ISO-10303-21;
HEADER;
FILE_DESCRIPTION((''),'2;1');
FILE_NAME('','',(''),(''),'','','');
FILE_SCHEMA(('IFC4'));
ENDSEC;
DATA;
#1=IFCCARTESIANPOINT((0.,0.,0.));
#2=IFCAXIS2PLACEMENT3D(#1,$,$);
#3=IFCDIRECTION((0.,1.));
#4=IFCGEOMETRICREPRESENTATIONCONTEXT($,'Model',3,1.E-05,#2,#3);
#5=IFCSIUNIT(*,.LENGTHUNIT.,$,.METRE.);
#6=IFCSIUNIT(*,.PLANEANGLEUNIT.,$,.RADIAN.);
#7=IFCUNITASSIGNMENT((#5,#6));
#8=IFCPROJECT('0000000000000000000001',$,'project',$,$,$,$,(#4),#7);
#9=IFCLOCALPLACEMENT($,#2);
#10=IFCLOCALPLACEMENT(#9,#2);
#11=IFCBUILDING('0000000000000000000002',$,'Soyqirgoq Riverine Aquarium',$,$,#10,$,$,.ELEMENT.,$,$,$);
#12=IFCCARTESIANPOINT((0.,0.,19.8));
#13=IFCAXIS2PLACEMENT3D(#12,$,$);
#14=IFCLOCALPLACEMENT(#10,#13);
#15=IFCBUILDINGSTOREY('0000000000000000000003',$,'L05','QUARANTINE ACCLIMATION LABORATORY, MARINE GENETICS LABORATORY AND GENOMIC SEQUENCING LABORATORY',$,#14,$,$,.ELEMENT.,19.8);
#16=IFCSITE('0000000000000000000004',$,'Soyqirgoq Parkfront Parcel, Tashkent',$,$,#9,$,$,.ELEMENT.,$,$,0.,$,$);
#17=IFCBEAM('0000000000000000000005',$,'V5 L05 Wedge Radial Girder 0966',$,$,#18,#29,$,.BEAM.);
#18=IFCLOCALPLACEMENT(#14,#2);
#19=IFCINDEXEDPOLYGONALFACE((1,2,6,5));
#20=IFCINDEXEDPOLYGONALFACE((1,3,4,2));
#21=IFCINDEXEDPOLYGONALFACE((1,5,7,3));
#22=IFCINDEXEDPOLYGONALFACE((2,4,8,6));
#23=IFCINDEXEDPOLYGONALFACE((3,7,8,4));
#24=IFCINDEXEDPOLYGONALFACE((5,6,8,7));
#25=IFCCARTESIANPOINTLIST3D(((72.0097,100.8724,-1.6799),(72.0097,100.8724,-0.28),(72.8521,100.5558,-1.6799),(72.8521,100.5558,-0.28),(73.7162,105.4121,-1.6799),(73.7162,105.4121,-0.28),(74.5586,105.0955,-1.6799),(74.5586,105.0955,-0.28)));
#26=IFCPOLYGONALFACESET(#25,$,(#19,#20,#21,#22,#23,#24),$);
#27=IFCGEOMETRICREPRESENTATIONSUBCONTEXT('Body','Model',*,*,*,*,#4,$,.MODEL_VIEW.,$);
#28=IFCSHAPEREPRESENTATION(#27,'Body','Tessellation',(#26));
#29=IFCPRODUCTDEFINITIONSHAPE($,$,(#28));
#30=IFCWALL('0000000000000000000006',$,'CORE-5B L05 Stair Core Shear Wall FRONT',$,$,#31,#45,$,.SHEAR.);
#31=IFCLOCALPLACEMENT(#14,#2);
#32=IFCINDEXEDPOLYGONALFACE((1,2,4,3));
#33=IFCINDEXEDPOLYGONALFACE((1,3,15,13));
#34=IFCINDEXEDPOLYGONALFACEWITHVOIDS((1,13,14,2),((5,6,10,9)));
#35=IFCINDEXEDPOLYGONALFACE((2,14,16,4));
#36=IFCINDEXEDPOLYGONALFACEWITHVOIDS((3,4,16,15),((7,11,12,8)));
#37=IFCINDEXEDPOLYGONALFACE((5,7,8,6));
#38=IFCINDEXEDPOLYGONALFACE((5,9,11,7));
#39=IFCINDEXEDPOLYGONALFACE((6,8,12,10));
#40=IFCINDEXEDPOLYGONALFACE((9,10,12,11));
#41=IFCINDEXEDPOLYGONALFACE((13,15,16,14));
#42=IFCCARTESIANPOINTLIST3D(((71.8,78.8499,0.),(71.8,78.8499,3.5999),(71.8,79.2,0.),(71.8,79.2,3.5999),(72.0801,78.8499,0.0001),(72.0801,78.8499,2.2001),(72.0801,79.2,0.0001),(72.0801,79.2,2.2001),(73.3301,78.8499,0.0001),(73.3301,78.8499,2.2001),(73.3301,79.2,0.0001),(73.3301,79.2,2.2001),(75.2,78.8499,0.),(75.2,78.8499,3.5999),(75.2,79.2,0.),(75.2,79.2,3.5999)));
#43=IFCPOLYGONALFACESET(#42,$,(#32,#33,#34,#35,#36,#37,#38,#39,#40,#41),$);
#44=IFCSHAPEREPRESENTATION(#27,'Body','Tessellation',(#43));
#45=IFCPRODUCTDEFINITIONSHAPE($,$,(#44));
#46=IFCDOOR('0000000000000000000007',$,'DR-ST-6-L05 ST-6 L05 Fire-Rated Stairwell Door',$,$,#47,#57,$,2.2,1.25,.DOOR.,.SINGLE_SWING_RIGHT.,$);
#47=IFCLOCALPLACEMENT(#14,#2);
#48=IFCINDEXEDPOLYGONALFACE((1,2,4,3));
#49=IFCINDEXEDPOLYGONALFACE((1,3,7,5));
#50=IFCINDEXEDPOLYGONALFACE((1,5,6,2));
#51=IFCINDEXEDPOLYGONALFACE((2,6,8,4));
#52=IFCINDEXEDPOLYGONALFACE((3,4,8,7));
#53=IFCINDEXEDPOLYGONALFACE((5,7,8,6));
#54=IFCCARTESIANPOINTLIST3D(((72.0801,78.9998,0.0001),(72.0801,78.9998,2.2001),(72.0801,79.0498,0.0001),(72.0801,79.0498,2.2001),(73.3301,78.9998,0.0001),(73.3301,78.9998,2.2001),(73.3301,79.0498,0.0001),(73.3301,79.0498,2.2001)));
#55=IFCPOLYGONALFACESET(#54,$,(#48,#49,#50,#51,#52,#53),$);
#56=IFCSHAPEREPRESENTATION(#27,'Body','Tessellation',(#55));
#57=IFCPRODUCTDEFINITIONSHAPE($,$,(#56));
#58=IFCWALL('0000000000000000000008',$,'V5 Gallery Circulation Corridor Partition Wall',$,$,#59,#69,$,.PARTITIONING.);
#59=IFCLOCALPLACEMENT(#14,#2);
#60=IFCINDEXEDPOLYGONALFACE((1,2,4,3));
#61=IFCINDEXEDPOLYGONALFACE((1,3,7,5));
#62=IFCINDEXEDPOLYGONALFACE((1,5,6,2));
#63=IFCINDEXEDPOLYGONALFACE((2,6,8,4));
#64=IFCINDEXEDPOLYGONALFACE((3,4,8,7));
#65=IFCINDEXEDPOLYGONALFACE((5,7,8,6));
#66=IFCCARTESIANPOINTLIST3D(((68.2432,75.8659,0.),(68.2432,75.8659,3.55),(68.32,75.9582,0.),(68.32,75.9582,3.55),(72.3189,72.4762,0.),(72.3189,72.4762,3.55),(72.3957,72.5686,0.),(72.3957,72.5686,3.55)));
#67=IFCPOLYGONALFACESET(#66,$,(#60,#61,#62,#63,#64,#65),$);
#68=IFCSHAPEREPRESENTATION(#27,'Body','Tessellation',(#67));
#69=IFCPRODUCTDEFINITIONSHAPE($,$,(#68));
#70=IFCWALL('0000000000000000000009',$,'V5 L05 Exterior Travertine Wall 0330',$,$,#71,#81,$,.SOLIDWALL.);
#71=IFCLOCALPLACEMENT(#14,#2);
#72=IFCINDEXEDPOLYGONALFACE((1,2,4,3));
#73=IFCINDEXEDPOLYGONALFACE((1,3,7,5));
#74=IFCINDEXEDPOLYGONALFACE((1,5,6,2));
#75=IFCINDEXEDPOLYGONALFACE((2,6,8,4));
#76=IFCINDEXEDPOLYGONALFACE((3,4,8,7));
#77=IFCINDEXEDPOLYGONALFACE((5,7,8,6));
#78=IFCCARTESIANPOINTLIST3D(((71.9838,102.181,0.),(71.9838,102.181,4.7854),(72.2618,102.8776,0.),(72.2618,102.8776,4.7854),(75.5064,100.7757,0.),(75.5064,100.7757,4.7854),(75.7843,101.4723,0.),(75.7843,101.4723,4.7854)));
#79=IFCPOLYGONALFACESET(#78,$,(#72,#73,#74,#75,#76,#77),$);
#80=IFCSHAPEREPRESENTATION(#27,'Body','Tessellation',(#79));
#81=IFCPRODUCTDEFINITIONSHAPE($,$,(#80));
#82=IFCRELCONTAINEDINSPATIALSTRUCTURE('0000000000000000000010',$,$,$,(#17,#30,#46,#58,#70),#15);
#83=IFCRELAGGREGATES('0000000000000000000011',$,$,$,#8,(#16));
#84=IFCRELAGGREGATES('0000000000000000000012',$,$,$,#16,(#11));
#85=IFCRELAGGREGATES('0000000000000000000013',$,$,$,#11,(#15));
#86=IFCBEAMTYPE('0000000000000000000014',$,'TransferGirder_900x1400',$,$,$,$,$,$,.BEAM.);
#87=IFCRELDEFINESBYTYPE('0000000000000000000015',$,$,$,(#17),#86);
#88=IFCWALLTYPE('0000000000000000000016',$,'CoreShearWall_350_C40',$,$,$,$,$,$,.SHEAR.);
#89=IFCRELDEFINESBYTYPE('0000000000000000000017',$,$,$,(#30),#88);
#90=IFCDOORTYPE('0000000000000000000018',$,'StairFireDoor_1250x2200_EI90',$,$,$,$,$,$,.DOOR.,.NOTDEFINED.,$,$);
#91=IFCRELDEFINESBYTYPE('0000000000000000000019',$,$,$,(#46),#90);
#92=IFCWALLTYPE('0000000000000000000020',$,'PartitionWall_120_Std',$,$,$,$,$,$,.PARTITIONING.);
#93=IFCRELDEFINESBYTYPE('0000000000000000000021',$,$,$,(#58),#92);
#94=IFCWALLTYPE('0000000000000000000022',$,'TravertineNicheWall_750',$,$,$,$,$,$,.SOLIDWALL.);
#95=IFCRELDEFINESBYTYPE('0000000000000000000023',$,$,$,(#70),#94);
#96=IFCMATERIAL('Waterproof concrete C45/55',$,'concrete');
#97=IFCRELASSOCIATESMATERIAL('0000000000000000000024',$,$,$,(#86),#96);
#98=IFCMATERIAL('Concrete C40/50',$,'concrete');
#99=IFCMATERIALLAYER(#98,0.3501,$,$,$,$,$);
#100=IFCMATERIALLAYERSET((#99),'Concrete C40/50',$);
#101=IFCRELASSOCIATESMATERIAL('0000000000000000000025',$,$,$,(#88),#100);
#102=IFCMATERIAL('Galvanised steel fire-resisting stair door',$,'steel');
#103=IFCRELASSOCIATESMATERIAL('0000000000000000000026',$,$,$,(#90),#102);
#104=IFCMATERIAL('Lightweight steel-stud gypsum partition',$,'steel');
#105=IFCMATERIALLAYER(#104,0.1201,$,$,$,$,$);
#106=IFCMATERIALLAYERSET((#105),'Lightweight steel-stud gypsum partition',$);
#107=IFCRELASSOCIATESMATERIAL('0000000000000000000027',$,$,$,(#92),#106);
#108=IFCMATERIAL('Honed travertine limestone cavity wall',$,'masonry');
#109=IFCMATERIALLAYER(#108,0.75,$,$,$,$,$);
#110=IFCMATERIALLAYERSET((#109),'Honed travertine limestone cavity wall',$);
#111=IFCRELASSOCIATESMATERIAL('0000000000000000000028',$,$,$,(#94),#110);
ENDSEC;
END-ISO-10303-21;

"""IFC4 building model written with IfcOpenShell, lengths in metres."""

from ifc_helpers import new_model, si_unit, direction, frame, frame_2d, origin, origin_2d, place, context, subcontext, project, spatial, rectangle, extrude, material, layer, layer_set, material_profile, profile_set, type_object, element, fill, save


model = new_model("IFC4")

# Units and contexts
model_context = context("Model", 3, precision=1e-05, world=origin(), true_north=direction((0.0, 1.0)))
body_context = subcontext(model_context, "Body", "Model", "MODEL_VIEW")
ifc_project = project(units=[si_unit("LENGTHUNIT", "METRE"), si_unit("PLANEANGLEUNIT", "RADIAN")], contexts=[model_context])

# Site, building, storey
site_placement = place(None, origin())
site = spatial("IfcSite", under=ifc_project, at=site_placement, Name="Soyqirgoq Parkfront Parcel, Tashkent", CompositionType="ELEMENT", RefElevation=0.0)
building_placement = place(site_placement, origin())
building = spatial("IfcBuilding", under=site, at=building_placement, Name="Soyqirgoq Riverine Aquarium", CompositionType="ELEMENT")
storey_placement = place(building_placement, frame((0.0, 0.0, 19.8)))
storey = spatial("IfcBuildingStorey", under=building, at=storey_placement, Name="L05", Description="QUARANTINE ACCLIMATION LABORATORY, MARINE GENETICS LABORATORY AND GENOMIC SEQUENCING LABORATORY", CompositionType="ELEMENT", Elevation=19.8)

# Beam
ifc_material_1 = material(Name="Waterproof concrete C45/55", Category="concrete")
ifc_material_profile_1 = material_profile(ifc_material_1, rectangle(XDim=0.8999, YDim=1.3999, at=origin_2d()), Name="RC 900x1400")
ifc_profile_set_1 = profile_set([ifc_material_profile_1], Name="Waterproof concrete C45/55")
beam_type_1 = type_object("IfcBeamType", Name="TransferGirder_900x1400", PredefinedType="BEAM", material=ifc_profile_set_1)
beam_1_placement = place(storey_placement, frame((72.4309, 100.7141, -0.98), z_axis=(0.351868, 0.93605, 0.0), x_axis=(-0.93605, 0.351868, 0.0)))
element("IfcBeam", 1, at=beam_1_placement, inside=storey, type_object=beam_type_1, Name="V5 L05 Wedge Radial Girder 0966", PredefinedType="BEAM", context=body_context, shape_type="SweptSolid", body=[
    extrude(rectangle(XDim=0.8999, YDim=1.3999, at=origin_2d()), origin(), (0.0, 0.0, 1.0), 4.8499),
])

# Wall, opening, door
ifc_material_2 = material(Name="Concrete C40/50", Category="concrete")
ifc_layer_1 = layer(ifc_material_2, 0.3501)
ifc_layer_set_1 = layer_set([ifc_layer_1], Name="Concrete C40/50")
wall_type_1 = type_object("IfcWallType", Name="CoreShearWall_350_C40", PredefinedType="SHEAR", material=ifc_layer_set_1)
wall_1_placement = place(storey_placement, frame((71.8, 79.0249, 0.0), z_axis=(0.0, 0.0, 1.0), x_axis=(1.0, 0.0, 0.0)))
wall_1 = element("IfcWall", 2, at=wall_1_placement, inside=storey, type_object=wall_type_1, Name="CORE-5B L05 Stair Core Shear Wall FRONT", PredefinedType="SHEAR", context=body_context, shape_type="SweptSolid", body=[
    extrude(rectangle(XDim=3.3999, YDim=0.3501, at=frame_2d((1.7, 0.0))), origin(), (0.0, 0.0, 1.0), 3.5999),
])
opening_placement = place(wall_1_placement, frame((0.28, 0.0, 0.0)))
opening = element("IfcOpeningElement", 3, at=opening_placement, cuts=wall_1, PredefinedType="OPENING", context=body_context, shape_type="SweptSolid", body=[
    extrude(rectangle(XDim=1.25, YDim=2.2, at=frame_2d((0.625, 1.1001))), frame((0.0, 0.1851, 0.0), z_axis=(0.0, -1.0, 0.0), x_axis=(1.0, 0.0, 0.0)), (0.0, 0.0, 1.0), 0.3701),
])
ifc_material_3 = material(Name="Galvanised steel fire-resisting stair door", Category="steel")
door_type = type_object("IfcDoorType", Name="StairFireDoor_1250x2200_EI90", OperationType="NOTDEFINED", PredefinedType="DOOR", material=ifc_material_3)
door_placement = place(opening_placement, origin())
door = element("IfcDoor", 4, at=door_placement, inside=storey, type_object=door_type, Name="DR-ST-6-L05 ST-6 L05 Fire-Rated Stairwell Door", OperationType="SINGLE_SWING_RIGHT", OverallHeight=2.2, OverallWidth=1.25, PredefinedType="DOOR", context=body_context, shape_type="SweptSolid", body=[
    extrude(rectangle(XDim=1.25, YDim=2.2, at=frame_2d((0.625, 1.1001))), frame((0.0, 0.0249, 0.0), z_axis=(0.0, -1.0, 0.0), x_axis=(1.0, 0.0, 0.0)), (0.0, 0.0, 1.0), 0.05),
])
fill(opening, door)

# Walls
ifc_material_4 = material(Name="Lightweight steel-stud gypsum partition", Category="steel")
ifc_layer_2 = layer(ifc_material_4, 0.1201)
ifc_layer_set_2 = layer_set([ifc_layer_2], Name="Lightweight steel-stud gypsum partition")
wall_type_2 = type_object("IfcWallType", Name="PartitionWall_120_Std", PredefinedType="PARTITIONING", material=ifc_layer_set_2)
wall_2_placement = place(storey_placement, frame((72.3572, 72.5225, 0.0), z_axis=(0.0, 0.0, 1.0), x_axis=(-0.768848, 0.639432, 0.0)))
element("IfcWall", 5, at=wall_2_placement, inside=storey, type_object=wall_type_2, Name="V5 Gallery Circulation Corridor Partition Wall", PredefinedType="PARTITIONING", context=body_context, shape_type="SweptSolid", body=[
    extrude(rectangle(XDim=5.301, YDim=0.1201, at=frame_2d((2.6504, 0.0))), origin(), (0.0, 0.0, 1.0), 3.55),
])
ifc_material_5 = material(Name="Honed travertine limestone cavity wall", Category="masonry")
ifc_layer_3 = layer(ifc_material_5, 0.75)
ifc_layer_set_3 = layer_set([ifc_layer_3], Name="Honed travertine limestone cavity wall")
wall_type_3 = type_object("IfcWallType", Name="TravertineNicheWall_750", PredefinedType="SOLIDWALL", material=ifc_layer_set_3)
wall_3_placement = place(storey_placement, frame((72.1228, 102.5293, 0.0), z_axis=(0.0, 0.0, 1.0), x_axis=(0.928814, -0.370547, 0.0)))
element("IfcWall", 6, at=wall_3_placement, inside=storey, type_object=wall_type_3, Name="V5 L05 Exterior Travertine Wall 0330", PredefinedType="SOLIDWALL", context=body_context, shape_type="SweptSolid", body=[
    extrude(rectangle(XDim=3.7925, YDim=0.75, at=frame_2d((1.8962, 0.0))), origin(), (0.0, 0.0, 1.0), 4.7854),
])

save(model, "model.ifc")
